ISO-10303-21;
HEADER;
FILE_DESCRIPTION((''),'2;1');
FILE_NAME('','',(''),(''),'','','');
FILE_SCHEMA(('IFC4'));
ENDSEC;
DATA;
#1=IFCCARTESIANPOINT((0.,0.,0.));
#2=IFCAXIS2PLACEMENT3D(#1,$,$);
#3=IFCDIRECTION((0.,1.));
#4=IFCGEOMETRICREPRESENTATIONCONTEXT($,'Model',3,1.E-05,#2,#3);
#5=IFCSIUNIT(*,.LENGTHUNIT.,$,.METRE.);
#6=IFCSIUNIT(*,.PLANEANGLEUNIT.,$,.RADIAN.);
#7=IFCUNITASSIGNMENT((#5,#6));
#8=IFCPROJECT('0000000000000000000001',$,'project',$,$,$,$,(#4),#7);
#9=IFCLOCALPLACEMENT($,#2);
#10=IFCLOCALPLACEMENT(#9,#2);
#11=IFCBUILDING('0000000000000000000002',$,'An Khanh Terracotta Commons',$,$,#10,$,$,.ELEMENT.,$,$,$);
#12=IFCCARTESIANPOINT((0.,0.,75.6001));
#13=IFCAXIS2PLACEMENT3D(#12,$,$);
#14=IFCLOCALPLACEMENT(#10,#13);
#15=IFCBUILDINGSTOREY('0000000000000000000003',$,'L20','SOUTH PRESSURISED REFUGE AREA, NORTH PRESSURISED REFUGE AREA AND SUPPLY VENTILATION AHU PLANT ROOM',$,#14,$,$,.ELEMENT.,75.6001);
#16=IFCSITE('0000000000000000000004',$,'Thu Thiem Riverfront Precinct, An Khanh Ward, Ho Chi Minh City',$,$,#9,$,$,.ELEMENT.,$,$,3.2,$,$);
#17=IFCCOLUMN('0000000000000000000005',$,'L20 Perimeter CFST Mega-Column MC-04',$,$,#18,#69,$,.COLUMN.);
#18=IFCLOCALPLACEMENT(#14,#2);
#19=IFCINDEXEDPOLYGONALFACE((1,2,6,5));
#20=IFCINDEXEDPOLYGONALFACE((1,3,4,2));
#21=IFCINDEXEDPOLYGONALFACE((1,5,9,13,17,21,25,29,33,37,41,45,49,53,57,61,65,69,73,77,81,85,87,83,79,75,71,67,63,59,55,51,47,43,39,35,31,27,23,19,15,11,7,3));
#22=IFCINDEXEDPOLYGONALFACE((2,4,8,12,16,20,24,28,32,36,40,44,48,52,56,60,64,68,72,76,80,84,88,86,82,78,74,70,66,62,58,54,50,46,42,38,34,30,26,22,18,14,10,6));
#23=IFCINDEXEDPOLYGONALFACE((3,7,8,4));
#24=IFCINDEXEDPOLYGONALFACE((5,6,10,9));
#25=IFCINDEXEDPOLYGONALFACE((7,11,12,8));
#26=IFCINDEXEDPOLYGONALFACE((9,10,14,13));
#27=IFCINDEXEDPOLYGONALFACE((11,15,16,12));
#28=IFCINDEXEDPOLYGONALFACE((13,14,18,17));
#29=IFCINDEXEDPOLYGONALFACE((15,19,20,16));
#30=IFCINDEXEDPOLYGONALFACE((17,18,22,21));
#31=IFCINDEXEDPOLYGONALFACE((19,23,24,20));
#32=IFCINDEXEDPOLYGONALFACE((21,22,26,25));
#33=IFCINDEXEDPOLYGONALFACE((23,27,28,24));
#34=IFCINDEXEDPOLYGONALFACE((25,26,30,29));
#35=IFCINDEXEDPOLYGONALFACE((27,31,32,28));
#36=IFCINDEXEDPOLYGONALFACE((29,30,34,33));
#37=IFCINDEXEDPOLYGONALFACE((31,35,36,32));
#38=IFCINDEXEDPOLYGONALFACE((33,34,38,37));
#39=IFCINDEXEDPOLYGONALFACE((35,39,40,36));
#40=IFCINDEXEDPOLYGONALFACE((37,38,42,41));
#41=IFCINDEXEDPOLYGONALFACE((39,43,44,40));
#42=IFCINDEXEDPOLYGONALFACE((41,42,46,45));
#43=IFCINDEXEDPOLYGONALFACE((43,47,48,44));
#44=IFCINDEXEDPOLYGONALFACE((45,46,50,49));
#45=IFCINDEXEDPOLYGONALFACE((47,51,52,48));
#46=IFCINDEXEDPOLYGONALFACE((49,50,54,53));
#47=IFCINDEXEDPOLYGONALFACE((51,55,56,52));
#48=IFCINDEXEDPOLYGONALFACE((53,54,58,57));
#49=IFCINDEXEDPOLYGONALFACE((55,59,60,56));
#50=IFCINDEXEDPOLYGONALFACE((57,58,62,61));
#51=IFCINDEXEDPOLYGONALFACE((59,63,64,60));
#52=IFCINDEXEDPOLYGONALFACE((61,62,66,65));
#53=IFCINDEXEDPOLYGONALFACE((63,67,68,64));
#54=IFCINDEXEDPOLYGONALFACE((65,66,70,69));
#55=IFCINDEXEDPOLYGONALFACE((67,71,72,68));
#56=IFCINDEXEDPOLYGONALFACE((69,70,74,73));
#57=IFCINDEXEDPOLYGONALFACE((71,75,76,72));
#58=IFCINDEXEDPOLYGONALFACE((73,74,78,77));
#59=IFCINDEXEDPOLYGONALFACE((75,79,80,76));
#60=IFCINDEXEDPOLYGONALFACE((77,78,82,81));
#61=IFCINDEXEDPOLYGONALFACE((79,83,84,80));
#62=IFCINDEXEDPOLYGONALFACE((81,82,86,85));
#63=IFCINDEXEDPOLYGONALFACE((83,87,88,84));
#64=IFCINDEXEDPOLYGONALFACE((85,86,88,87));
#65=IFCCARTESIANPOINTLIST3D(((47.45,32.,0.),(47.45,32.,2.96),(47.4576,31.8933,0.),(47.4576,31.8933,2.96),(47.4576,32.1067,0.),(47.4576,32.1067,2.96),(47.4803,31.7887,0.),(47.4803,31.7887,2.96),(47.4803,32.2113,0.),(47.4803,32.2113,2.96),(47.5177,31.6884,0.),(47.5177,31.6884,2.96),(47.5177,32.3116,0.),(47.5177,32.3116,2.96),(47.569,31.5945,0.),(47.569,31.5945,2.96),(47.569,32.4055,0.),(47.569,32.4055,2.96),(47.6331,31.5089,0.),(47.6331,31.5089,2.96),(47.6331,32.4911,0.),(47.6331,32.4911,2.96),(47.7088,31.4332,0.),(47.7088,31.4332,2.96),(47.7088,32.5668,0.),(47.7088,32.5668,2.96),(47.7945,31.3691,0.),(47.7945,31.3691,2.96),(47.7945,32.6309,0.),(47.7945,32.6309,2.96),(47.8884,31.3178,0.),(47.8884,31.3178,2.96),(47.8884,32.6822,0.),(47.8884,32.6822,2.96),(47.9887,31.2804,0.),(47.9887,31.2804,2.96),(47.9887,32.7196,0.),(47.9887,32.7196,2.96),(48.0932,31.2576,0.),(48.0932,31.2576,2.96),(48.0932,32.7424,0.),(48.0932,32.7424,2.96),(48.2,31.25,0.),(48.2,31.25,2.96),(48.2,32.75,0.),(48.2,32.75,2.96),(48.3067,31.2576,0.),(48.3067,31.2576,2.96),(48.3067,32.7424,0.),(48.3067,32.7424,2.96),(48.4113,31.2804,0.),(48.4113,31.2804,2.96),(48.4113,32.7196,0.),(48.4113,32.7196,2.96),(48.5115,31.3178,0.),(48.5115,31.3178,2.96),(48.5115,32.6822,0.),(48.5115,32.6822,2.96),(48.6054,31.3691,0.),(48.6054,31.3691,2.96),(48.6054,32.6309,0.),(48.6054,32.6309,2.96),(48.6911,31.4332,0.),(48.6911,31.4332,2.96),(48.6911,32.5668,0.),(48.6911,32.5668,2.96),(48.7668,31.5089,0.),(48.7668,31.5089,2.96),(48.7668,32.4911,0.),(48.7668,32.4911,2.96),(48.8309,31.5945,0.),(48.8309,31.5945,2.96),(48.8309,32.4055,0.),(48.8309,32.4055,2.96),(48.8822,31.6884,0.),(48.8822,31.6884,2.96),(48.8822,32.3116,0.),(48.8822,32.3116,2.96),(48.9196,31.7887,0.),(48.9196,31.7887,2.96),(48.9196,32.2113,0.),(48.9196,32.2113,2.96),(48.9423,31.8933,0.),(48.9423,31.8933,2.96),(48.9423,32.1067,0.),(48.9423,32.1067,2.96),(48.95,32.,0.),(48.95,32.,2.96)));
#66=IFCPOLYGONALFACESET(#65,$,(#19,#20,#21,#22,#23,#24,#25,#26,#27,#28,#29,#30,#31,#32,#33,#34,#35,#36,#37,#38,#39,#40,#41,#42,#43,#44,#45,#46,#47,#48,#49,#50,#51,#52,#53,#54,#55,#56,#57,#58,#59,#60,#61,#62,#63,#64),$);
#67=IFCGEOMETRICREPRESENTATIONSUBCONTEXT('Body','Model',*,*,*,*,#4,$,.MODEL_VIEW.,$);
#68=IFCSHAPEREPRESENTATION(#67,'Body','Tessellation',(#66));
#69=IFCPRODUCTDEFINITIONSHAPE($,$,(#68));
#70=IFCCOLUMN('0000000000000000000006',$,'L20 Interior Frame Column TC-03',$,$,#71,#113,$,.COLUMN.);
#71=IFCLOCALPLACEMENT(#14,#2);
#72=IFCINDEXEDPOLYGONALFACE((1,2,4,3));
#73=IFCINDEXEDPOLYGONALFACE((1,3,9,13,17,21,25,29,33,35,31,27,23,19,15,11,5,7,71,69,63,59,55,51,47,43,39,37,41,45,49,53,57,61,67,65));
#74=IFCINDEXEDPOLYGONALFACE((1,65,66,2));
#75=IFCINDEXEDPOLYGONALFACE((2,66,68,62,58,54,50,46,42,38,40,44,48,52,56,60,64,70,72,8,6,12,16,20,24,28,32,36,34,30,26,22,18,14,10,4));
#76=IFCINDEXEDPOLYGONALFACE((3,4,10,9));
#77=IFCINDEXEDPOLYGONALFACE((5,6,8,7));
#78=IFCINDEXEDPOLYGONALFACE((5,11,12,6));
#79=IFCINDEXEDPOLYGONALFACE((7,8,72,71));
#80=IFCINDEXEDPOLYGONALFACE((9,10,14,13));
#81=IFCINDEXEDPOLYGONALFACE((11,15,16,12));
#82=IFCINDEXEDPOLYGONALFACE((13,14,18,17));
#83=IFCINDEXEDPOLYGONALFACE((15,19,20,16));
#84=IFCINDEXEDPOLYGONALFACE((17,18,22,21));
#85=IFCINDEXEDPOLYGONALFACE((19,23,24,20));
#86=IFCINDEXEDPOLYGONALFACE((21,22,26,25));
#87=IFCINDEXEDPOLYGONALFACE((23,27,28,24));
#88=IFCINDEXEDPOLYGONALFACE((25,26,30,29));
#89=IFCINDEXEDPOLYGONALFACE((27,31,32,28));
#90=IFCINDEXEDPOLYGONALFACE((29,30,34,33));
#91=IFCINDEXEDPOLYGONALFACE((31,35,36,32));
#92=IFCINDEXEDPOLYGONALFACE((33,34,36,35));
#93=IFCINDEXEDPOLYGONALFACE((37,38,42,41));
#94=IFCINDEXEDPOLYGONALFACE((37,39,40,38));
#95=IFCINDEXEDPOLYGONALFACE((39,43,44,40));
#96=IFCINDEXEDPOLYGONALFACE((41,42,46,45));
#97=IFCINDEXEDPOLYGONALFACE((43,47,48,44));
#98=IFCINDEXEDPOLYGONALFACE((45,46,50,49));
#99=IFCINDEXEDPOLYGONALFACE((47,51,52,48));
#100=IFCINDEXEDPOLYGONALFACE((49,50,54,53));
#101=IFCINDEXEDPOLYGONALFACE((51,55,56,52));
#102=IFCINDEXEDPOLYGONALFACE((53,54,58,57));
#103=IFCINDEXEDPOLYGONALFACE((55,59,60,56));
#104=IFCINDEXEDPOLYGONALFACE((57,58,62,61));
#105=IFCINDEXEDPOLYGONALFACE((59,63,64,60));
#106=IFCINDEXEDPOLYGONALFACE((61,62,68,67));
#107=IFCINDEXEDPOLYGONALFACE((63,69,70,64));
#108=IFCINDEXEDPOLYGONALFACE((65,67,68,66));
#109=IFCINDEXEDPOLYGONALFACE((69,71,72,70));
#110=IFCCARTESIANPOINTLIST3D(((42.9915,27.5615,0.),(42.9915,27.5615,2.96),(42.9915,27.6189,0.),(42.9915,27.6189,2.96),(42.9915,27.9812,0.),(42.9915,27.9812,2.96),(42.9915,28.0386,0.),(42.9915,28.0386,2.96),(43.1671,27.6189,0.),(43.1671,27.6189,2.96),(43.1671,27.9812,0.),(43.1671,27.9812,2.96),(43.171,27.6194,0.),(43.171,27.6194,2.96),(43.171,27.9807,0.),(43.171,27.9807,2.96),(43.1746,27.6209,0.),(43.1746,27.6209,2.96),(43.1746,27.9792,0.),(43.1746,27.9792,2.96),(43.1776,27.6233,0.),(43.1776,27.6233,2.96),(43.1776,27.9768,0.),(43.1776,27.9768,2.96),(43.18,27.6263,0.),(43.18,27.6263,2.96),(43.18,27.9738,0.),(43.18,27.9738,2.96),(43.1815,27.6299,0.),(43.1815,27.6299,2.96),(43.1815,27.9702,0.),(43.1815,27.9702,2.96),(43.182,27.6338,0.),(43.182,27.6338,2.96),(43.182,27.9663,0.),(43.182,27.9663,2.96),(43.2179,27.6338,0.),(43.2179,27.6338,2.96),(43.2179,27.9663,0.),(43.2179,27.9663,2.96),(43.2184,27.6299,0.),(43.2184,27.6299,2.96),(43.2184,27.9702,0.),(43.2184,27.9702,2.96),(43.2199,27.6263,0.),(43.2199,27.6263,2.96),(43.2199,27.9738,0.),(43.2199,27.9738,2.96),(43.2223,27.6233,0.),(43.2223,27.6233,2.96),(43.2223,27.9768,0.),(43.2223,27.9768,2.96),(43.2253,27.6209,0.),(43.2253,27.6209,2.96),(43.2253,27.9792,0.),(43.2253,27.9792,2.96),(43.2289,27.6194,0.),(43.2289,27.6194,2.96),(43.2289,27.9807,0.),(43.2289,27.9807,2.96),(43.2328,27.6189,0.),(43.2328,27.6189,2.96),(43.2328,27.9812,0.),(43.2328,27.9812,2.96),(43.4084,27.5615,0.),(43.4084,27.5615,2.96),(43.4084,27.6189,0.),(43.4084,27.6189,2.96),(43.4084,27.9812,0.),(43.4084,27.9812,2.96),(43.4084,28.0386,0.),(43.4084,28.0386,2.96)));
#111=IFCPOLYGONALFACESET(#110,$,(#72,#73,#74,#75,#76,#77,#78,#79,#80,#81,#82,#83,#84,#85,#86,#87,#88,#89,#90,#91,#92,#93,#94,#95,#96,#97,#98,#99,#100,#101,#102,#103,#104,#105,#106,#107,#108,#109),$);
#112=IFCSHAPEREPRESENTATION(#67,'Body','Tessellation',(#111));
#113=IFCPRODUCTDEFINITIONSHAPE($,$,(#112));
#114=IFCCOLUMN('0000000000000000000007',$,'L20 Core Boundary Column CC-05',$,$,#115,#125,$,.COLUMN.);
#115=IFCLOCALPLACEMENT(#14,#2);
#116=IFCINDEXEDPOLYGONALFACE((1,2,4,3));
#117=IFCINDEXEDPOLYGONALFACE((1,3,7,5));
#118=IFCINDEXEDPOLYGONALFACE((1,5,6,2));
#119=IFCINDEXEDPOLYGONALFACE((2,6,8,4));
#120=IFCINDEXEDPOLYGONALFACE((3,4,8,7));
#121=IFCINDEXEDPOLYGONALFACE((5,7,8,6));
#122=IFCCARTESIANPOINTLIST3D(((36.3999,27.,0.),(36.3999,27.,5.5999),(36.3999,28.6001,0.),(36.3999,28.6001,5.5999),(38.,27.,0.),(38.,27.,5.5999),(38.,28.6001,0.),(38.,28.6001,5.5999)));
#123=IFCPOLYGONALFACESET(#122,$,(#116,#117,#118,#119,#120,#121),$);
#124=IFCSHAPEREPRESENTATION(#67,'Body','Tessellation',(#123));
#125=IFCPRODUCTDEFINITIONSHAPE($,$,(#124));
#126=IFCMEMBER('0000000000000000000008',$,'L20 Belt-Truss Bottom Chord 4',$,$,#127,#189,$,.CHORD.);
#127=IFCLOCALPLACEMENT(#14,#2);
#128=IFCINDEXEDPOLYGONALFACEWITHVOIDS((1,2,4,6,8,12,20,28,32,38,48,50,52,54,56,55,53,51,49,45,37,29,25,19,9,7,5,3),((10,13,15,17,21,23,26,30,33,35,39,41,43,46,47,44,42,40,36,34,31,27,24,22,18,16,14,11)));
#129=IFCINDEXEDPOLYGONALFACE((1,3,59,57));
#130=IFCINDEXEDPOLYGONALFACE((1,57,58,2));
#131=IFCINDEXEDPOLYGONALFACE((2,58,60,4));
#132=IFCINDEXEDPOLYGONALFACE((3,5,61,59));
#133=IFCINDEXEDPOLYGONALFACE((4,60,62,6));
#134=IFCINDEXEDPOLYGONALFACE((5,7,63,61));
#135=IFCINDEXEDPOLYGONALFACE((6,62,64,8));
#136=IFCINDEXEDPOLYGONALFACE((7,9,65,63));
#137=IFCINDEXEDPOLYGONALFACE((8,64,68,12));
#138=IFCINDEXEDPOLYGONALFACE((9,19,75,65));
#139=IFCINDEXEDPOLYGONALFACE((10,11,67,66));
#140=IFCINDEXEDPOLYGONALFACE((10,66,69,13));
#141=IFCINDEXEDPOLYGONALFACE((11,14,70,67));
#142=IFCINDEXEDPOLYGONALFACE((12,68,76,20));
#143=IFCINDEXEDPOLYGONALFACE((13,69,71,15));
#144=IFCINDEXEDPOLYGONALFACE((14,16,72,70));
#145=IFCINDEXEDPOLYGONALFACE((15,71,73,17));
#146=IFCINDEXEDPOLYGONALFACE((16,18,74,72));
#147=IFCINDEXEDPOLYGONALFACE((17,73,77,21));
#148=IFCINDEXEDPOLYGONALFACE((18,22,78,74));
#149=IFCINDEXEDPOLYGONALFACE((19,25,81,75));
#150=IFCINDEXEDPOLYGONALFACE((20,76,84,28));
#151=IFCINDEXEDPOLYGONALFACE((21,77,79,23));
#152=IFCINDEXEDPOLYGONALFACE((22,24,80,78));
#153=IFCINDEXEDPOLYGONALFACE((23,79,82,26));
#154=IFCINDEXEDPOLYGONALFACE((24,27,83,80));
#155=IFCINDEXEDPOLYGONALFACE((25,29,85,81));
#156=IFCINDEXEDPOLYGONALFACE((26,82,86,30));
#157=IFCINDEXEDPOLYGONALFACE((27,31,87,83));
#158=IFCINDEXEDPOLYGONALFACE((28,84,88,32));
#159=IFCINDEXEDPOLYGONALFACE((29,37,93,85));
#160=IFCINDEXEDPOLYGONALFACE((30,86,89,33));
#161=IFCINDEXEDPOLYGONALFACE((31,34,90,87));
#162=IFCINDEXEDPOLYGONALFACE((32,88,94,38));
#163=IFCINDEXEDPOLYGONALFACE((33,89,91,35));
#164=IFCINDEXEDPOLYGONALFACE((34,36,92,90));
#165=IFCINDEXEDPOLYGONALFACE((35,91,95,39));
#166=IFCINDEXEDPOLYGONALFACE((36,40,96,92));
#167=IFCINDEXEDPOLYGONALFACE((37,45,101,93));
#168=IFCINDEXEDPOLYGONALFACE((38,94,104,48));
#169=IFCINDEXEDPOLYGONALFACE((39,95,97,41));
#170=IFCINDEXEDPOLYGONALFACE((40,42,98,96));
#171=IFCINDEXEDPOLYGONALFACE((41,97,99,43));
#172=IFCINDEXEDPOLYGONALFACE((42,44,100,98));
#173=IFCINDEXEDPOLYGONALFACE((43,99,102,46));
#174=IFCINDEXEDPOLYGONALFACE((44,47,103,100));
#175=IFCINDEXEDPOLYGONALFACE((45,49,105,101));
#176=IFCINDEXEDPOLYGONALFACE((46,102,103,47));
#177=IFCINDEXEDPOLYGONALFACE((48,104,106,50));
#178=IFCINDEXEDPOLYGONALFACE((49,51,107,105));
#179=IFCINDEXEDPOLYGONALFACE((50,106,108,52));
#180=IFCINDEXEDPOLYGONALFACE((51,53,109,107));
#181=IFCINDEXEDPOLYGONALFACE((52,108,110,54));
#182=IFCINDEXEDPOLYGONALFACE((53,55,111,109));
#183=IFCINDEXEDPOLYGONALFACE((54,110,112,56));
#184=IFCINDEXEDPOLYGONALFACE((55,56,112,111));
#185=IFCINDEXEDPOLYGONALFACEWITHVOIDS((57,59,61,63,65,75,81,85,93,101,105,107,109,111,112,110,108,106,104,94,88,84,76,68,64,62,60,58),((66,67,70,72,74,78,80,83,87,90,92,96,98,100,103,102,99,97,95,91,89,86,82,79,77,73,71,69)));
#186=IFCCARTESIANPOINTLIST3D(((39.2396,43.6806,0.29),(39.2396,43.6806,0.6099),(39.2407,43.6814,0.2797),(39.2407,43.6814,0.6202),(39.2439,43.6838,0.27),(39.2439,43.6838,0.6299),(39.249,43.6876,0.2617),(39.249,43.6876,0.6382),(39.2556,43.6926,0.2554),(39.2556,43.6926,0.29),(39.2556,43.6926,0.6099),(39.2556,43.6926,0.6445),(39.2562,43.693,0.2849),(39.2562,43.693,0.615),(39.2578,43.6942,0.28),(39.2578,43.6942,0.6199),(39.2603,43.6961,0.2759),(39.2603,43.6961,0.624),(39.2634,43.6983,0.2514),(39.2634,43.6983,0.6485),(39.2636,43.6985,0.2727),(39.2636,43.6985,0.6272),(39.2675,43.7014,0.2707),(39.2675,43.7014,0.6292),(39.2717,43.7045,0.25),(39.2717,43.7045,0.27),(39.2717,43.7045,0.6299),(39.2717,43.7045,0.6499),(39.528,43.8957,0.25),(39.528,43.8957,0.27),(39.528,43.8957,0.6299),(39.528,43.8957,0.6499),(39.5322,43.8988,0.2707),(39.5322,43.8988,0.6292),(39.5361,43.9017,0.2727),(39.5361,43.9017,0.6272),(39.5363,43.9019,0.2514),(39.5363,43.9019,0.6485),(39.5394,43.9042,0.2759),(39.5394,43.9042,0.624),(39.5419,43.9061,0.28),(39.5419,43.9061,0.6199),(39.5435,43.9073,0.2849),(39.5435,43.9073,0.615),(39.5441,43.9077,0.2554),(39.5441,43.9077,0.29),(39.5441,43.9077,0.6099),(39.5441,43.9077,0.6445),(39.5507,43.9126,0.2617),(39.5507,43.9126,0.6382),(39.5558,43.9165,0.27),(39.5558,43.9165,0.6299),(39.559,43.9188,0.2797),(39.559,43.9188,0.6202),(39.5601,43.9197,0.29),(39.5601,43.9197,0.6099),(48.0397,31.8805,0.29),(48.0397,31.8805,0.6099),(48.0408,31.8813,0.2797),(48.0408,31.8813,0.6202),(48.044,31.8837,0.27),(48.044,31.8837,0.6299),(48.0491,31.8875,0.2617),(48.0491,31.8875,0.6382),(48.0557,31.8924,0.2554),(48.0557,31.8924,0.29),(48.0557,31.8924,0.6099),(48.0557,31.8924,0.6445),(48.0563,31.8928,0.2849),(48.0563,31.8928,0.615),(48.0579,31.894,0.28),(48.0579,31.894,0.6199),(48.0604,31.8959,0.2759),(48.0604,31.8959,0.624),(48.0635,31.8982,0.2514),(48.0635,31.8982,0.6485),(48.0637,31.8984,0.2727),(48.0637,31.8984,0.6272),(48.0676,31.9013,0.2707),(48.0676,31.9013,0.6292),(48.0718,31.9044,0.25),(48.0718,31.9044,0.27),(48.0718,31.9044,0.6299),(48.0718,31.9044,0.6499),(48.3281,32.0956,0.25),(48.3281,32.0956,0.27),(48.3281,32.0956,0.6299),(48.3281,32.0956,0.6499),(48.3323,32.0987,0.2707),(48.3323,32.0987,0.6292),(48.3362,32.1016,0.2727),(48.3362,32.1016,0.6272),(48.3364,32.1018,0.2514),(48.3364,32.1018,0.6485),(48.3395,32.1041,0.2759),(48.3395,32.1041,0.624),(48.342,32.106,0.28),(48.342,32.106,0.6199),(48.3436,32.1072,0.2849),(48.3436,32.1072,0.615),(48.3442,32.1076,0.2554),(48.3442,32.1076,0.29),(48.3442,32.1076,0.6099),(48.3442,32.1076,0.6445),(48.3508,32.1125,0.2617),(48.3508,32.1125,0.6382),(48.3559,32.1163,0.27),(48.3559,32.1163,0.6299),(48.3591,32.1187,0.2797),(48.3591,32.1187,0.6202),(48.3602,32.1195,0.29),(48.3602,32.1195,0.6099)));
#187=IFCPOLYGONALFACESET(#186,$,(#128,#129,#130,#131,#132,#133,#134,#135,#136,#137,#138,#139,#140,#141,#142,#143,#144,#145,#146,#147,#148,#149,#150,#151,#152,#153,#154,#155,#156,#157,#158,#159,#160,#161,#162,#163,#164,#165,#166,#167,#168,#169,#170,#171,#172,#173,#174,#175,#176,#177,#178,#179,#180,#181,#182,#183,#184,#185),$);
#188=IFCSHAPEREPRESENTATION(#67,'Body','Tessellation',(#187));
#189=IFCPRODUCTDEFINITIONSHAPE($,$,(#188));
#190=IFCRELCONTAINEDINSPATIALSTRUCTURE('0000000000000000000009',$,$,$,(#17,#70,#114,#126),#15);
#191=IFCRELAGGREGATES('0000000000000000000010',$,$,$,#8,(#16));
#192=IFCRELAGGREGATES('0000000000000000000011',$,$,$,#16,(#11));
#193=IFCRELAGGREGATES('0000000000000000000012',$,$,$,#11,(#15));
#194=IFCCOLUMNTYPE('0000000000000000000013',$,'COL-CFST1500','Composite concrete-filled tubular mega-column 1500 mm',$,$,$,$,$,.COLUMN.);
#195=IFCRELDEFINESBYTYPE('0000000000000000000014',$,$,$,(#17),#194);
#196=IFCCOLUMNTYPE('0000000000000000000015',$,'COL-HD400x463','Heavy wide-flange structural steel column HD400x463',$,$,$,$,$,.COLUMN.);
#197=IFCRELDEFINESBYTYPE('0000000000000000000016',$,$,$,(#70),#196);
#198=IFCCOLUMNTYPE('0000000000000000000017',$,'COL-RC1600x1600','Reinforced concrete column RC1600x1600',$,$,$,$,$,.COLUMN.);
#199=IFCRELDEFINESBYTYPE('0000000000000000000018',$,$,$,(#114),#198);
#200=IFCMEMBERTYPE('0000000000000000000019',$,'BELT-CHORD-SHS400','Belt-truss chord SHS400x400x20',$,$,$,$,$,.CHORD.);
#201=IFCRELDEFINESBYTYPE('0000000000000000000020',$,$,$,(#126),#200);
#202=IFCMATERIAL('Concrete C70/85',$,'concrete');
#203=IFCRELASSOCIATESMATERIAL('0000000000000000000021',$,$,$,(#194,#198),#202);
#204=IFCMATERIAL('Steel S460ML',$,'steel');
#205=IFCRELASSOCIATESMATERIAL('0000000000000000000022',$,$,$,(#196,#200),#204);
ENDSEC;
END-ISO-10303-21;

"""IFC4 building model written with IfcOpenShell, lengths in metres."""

from ifc_helpers import new_model, si_unit, direction, frame, origin, origin_2d, place, context, subcontext, project, spatial, rectangle, hollow_rectangle, circle, i_section, extrude, material, material_profile, profile_set, type_object, element, save


model = new_model("IFC4")

# Units and contexts
model_context = context("Model", 3, precision=1e-05, world=origin(), true_north=direction((0.0, 1.0)))
body_context = subcontext(model_context, "Body", "Model", "MODEL_VIEW")
ifc_project = project(units=[si_unit("LENGTHUNIT", "METRE"), si_unit("PLANEANGLEUNIT", "RADIAN")], contexts=[model_context])

# Site, building, storey
site_placement = place(None, origin())
site = spatial("IfcSite", under=ifc_project, at=site_placement, Name="Thu Thiem Riverfront Precinct, An Khanh Ward, Ho Chi Minh City", CompositionType="ELEMENT", RefElevation=3.2)
building_placement = place(site_placement, origin())
building = spatial("IfcBuilding", under=site, at=building_placement, Name="An Khanh Terracotta Commons", CompositionType="ELEMENT")
storey_placement = place(building_placement, frame((0.0, 0.0, 75.6001)))
storey = spatial("IfcBuildingStorey", under=building, at=storey_placement, Name="L20", Description="SOUTH PRESSURISED REFUGE AREA, NORTH PRESSURISED REFUGE AREA AND SUPPLY VENTILATION AHU PLANT ROOM", CompositionType="ELEMENT", Elevation=75.6001)

# Columns
ifc_material_1 = material(Name="Concrete C70/85", Category="concrete")
ifc_material_profile_1 = material_profile(ifc_material_1, circle(Radius=0.75, at=origin_2d()), Name="CFST1500")
ifc_profile_set_1 = profile_set([ifc_material_profile_1], Name="Concrete C70/85")
column_type_1 = type_object("IfcColumnType", Name="COL-CFST1500", Description="Composite concrete-filled tubular mega-column 1500 mm", PredefinedType="COLUMN", material=ifc_profile_set_1)
column_1_placement = place(storey_placement, frame((48.2, 32.0, 0.0), z_axis=(0.0, 0.0, 1.0), x_axis=(1.0, 0.0, 0.0)))
element("IfcColumn", 1, at=column_1_placement, inside=storey, type_object=column_type_1, Name="L20 Perimeter CFST Mega-Column MC-04", PredefinedType="COLUMN", context=body_context, shape_type="SweptSolid", body=[
    extrude(circle(Radius=0.75, at=origin_2d()), origin(), (0.0, 0.0, 1.0), 2.96),
])
ifc_material_2 = material(Name="Steel S460ML", Category="steel")
ifc_material_profile_2 = material_profile(ifc_material_2, i_section(OverallWidth=0.417, OverallDepth=0.4771, WebThickness=0.0359, FlangeThickness=0.0574, FilletRadius=0.0149, at=origin_2d()), Name="HD400x463")
ifc_profile_set_2 = profile_set([ifc_material_profile_2], Name="Steel S460ML")
column_type_2 = type_object("IfcColumnType", Name="COL-HD400x463", Description="Heavy wide-flange structural steel column HD400x463", PredefinedType="COLUMN", material=ifc_profile_set_2)
column_2_placement = place(storey_placement, frame((43.2, 27.8, 0.0), z_axis=(0.0, 0.0, 1.0), x_axis=(1.0, 0.0, 0.0)))
element("IfcColumn", 2, at=column_2_placement, inside=storey, type_object=column_type_2, Name="L20 Interior Frame Column TC-03", PredefinedType="COLUMN", context=body_context, shape_type="SweptSolid", body=[
    extrude(i_section(OverallWidth=0.417, OverallDepth=0.4771, WebThickness=0.0359, FlangeThickness=0.0574, FilletRadius=0.0149, at=origin_2d()), origin(), (0.0, 0.0, 1.0), 2.96),
])
ifc_material_profile_3 = material_profile(ifc_material_1, rectangle(XDim=1.6001, YDim=1.6001, at=origin_2d()), Name="RC1600x1600")
ifc_profile_set_3 = profile_set([ifc_material_profile_3], Name="Concrete C70/85")
column_type_3 = type_object("IfcColumnType", Name="COL-RC1600x1600", Description="Reinforced concrete column RC1600x1600", PredefinedType="COLUMN", material=ifc_profile_set_3)
column_3_placement = place(storey_placement, frame((37.2, 27.8, 0.0), z_axis=(0.0, 0.0, 1.0), x_axis=(1.0, 0.0, 0.0)))
element("IfcColumn", 3, at=column_3_placement, inside=storey, type_object=column_type_3, Name="L20 Core Boundary Column CC-05", PredefinedType="COLUMN", context=body_context, shape_type="SweptSolid", body=[
    extrude(rectangle(XDim=1.6001, YDim=1.6001, at=origin_2d()), origin(), (0.0, 0.0, 1.0), 5.5999),
])

# Member
ifc_material_profile_4 = material_profile(ifc_material_2, hollow_rectangle(XDim=0.3999, YDim=0.3999, WallThickness=0.02, InnerFilletRadius=0.02, OuterFilletRadius=0.04, at=origin_2d()), Name="SHS400x400x20")
ifc_profile_set_4 = profile_set([ifc_material_profile_4], Name="Steel S460ML")
member_type_1 = type_object("IfcMemberType", Name="BELT-CHORD-SHS400", Description="Belt-truss chord SHS400x400x20", PredefinedType="CHORD", material=ifc_profile_set_4)
for number, where, z_axis, x_axis, name in (
    (4, (48.2, 32.0, 0.45), (-0.597824, 0.801627, 0.0), (-0.801627, -0.597824, 0.0), "L20 Belt-Truss Bottom Chord 4"),
):
    element("IfcMember", number, at=place(storey_placement, frame(where, z_axis=z_axis, x_axis=x_axis)), inside=storey, type_object=member_type_1, Name=name, PredefinedType="CHORD", context=body_context, shape_type="SweptSolid", body=[
        extrude(hollow_rectangle(XDim=0.3999, YDim=0.3999, WallThickness=0.02, InnerFilletRadius=0.02, OuterFilletRadius=0.04, at=origin_2d()), origin(), (0.0, 0.0, 1.0), 14.7202),
    ])

save(model, "model.ifc")
